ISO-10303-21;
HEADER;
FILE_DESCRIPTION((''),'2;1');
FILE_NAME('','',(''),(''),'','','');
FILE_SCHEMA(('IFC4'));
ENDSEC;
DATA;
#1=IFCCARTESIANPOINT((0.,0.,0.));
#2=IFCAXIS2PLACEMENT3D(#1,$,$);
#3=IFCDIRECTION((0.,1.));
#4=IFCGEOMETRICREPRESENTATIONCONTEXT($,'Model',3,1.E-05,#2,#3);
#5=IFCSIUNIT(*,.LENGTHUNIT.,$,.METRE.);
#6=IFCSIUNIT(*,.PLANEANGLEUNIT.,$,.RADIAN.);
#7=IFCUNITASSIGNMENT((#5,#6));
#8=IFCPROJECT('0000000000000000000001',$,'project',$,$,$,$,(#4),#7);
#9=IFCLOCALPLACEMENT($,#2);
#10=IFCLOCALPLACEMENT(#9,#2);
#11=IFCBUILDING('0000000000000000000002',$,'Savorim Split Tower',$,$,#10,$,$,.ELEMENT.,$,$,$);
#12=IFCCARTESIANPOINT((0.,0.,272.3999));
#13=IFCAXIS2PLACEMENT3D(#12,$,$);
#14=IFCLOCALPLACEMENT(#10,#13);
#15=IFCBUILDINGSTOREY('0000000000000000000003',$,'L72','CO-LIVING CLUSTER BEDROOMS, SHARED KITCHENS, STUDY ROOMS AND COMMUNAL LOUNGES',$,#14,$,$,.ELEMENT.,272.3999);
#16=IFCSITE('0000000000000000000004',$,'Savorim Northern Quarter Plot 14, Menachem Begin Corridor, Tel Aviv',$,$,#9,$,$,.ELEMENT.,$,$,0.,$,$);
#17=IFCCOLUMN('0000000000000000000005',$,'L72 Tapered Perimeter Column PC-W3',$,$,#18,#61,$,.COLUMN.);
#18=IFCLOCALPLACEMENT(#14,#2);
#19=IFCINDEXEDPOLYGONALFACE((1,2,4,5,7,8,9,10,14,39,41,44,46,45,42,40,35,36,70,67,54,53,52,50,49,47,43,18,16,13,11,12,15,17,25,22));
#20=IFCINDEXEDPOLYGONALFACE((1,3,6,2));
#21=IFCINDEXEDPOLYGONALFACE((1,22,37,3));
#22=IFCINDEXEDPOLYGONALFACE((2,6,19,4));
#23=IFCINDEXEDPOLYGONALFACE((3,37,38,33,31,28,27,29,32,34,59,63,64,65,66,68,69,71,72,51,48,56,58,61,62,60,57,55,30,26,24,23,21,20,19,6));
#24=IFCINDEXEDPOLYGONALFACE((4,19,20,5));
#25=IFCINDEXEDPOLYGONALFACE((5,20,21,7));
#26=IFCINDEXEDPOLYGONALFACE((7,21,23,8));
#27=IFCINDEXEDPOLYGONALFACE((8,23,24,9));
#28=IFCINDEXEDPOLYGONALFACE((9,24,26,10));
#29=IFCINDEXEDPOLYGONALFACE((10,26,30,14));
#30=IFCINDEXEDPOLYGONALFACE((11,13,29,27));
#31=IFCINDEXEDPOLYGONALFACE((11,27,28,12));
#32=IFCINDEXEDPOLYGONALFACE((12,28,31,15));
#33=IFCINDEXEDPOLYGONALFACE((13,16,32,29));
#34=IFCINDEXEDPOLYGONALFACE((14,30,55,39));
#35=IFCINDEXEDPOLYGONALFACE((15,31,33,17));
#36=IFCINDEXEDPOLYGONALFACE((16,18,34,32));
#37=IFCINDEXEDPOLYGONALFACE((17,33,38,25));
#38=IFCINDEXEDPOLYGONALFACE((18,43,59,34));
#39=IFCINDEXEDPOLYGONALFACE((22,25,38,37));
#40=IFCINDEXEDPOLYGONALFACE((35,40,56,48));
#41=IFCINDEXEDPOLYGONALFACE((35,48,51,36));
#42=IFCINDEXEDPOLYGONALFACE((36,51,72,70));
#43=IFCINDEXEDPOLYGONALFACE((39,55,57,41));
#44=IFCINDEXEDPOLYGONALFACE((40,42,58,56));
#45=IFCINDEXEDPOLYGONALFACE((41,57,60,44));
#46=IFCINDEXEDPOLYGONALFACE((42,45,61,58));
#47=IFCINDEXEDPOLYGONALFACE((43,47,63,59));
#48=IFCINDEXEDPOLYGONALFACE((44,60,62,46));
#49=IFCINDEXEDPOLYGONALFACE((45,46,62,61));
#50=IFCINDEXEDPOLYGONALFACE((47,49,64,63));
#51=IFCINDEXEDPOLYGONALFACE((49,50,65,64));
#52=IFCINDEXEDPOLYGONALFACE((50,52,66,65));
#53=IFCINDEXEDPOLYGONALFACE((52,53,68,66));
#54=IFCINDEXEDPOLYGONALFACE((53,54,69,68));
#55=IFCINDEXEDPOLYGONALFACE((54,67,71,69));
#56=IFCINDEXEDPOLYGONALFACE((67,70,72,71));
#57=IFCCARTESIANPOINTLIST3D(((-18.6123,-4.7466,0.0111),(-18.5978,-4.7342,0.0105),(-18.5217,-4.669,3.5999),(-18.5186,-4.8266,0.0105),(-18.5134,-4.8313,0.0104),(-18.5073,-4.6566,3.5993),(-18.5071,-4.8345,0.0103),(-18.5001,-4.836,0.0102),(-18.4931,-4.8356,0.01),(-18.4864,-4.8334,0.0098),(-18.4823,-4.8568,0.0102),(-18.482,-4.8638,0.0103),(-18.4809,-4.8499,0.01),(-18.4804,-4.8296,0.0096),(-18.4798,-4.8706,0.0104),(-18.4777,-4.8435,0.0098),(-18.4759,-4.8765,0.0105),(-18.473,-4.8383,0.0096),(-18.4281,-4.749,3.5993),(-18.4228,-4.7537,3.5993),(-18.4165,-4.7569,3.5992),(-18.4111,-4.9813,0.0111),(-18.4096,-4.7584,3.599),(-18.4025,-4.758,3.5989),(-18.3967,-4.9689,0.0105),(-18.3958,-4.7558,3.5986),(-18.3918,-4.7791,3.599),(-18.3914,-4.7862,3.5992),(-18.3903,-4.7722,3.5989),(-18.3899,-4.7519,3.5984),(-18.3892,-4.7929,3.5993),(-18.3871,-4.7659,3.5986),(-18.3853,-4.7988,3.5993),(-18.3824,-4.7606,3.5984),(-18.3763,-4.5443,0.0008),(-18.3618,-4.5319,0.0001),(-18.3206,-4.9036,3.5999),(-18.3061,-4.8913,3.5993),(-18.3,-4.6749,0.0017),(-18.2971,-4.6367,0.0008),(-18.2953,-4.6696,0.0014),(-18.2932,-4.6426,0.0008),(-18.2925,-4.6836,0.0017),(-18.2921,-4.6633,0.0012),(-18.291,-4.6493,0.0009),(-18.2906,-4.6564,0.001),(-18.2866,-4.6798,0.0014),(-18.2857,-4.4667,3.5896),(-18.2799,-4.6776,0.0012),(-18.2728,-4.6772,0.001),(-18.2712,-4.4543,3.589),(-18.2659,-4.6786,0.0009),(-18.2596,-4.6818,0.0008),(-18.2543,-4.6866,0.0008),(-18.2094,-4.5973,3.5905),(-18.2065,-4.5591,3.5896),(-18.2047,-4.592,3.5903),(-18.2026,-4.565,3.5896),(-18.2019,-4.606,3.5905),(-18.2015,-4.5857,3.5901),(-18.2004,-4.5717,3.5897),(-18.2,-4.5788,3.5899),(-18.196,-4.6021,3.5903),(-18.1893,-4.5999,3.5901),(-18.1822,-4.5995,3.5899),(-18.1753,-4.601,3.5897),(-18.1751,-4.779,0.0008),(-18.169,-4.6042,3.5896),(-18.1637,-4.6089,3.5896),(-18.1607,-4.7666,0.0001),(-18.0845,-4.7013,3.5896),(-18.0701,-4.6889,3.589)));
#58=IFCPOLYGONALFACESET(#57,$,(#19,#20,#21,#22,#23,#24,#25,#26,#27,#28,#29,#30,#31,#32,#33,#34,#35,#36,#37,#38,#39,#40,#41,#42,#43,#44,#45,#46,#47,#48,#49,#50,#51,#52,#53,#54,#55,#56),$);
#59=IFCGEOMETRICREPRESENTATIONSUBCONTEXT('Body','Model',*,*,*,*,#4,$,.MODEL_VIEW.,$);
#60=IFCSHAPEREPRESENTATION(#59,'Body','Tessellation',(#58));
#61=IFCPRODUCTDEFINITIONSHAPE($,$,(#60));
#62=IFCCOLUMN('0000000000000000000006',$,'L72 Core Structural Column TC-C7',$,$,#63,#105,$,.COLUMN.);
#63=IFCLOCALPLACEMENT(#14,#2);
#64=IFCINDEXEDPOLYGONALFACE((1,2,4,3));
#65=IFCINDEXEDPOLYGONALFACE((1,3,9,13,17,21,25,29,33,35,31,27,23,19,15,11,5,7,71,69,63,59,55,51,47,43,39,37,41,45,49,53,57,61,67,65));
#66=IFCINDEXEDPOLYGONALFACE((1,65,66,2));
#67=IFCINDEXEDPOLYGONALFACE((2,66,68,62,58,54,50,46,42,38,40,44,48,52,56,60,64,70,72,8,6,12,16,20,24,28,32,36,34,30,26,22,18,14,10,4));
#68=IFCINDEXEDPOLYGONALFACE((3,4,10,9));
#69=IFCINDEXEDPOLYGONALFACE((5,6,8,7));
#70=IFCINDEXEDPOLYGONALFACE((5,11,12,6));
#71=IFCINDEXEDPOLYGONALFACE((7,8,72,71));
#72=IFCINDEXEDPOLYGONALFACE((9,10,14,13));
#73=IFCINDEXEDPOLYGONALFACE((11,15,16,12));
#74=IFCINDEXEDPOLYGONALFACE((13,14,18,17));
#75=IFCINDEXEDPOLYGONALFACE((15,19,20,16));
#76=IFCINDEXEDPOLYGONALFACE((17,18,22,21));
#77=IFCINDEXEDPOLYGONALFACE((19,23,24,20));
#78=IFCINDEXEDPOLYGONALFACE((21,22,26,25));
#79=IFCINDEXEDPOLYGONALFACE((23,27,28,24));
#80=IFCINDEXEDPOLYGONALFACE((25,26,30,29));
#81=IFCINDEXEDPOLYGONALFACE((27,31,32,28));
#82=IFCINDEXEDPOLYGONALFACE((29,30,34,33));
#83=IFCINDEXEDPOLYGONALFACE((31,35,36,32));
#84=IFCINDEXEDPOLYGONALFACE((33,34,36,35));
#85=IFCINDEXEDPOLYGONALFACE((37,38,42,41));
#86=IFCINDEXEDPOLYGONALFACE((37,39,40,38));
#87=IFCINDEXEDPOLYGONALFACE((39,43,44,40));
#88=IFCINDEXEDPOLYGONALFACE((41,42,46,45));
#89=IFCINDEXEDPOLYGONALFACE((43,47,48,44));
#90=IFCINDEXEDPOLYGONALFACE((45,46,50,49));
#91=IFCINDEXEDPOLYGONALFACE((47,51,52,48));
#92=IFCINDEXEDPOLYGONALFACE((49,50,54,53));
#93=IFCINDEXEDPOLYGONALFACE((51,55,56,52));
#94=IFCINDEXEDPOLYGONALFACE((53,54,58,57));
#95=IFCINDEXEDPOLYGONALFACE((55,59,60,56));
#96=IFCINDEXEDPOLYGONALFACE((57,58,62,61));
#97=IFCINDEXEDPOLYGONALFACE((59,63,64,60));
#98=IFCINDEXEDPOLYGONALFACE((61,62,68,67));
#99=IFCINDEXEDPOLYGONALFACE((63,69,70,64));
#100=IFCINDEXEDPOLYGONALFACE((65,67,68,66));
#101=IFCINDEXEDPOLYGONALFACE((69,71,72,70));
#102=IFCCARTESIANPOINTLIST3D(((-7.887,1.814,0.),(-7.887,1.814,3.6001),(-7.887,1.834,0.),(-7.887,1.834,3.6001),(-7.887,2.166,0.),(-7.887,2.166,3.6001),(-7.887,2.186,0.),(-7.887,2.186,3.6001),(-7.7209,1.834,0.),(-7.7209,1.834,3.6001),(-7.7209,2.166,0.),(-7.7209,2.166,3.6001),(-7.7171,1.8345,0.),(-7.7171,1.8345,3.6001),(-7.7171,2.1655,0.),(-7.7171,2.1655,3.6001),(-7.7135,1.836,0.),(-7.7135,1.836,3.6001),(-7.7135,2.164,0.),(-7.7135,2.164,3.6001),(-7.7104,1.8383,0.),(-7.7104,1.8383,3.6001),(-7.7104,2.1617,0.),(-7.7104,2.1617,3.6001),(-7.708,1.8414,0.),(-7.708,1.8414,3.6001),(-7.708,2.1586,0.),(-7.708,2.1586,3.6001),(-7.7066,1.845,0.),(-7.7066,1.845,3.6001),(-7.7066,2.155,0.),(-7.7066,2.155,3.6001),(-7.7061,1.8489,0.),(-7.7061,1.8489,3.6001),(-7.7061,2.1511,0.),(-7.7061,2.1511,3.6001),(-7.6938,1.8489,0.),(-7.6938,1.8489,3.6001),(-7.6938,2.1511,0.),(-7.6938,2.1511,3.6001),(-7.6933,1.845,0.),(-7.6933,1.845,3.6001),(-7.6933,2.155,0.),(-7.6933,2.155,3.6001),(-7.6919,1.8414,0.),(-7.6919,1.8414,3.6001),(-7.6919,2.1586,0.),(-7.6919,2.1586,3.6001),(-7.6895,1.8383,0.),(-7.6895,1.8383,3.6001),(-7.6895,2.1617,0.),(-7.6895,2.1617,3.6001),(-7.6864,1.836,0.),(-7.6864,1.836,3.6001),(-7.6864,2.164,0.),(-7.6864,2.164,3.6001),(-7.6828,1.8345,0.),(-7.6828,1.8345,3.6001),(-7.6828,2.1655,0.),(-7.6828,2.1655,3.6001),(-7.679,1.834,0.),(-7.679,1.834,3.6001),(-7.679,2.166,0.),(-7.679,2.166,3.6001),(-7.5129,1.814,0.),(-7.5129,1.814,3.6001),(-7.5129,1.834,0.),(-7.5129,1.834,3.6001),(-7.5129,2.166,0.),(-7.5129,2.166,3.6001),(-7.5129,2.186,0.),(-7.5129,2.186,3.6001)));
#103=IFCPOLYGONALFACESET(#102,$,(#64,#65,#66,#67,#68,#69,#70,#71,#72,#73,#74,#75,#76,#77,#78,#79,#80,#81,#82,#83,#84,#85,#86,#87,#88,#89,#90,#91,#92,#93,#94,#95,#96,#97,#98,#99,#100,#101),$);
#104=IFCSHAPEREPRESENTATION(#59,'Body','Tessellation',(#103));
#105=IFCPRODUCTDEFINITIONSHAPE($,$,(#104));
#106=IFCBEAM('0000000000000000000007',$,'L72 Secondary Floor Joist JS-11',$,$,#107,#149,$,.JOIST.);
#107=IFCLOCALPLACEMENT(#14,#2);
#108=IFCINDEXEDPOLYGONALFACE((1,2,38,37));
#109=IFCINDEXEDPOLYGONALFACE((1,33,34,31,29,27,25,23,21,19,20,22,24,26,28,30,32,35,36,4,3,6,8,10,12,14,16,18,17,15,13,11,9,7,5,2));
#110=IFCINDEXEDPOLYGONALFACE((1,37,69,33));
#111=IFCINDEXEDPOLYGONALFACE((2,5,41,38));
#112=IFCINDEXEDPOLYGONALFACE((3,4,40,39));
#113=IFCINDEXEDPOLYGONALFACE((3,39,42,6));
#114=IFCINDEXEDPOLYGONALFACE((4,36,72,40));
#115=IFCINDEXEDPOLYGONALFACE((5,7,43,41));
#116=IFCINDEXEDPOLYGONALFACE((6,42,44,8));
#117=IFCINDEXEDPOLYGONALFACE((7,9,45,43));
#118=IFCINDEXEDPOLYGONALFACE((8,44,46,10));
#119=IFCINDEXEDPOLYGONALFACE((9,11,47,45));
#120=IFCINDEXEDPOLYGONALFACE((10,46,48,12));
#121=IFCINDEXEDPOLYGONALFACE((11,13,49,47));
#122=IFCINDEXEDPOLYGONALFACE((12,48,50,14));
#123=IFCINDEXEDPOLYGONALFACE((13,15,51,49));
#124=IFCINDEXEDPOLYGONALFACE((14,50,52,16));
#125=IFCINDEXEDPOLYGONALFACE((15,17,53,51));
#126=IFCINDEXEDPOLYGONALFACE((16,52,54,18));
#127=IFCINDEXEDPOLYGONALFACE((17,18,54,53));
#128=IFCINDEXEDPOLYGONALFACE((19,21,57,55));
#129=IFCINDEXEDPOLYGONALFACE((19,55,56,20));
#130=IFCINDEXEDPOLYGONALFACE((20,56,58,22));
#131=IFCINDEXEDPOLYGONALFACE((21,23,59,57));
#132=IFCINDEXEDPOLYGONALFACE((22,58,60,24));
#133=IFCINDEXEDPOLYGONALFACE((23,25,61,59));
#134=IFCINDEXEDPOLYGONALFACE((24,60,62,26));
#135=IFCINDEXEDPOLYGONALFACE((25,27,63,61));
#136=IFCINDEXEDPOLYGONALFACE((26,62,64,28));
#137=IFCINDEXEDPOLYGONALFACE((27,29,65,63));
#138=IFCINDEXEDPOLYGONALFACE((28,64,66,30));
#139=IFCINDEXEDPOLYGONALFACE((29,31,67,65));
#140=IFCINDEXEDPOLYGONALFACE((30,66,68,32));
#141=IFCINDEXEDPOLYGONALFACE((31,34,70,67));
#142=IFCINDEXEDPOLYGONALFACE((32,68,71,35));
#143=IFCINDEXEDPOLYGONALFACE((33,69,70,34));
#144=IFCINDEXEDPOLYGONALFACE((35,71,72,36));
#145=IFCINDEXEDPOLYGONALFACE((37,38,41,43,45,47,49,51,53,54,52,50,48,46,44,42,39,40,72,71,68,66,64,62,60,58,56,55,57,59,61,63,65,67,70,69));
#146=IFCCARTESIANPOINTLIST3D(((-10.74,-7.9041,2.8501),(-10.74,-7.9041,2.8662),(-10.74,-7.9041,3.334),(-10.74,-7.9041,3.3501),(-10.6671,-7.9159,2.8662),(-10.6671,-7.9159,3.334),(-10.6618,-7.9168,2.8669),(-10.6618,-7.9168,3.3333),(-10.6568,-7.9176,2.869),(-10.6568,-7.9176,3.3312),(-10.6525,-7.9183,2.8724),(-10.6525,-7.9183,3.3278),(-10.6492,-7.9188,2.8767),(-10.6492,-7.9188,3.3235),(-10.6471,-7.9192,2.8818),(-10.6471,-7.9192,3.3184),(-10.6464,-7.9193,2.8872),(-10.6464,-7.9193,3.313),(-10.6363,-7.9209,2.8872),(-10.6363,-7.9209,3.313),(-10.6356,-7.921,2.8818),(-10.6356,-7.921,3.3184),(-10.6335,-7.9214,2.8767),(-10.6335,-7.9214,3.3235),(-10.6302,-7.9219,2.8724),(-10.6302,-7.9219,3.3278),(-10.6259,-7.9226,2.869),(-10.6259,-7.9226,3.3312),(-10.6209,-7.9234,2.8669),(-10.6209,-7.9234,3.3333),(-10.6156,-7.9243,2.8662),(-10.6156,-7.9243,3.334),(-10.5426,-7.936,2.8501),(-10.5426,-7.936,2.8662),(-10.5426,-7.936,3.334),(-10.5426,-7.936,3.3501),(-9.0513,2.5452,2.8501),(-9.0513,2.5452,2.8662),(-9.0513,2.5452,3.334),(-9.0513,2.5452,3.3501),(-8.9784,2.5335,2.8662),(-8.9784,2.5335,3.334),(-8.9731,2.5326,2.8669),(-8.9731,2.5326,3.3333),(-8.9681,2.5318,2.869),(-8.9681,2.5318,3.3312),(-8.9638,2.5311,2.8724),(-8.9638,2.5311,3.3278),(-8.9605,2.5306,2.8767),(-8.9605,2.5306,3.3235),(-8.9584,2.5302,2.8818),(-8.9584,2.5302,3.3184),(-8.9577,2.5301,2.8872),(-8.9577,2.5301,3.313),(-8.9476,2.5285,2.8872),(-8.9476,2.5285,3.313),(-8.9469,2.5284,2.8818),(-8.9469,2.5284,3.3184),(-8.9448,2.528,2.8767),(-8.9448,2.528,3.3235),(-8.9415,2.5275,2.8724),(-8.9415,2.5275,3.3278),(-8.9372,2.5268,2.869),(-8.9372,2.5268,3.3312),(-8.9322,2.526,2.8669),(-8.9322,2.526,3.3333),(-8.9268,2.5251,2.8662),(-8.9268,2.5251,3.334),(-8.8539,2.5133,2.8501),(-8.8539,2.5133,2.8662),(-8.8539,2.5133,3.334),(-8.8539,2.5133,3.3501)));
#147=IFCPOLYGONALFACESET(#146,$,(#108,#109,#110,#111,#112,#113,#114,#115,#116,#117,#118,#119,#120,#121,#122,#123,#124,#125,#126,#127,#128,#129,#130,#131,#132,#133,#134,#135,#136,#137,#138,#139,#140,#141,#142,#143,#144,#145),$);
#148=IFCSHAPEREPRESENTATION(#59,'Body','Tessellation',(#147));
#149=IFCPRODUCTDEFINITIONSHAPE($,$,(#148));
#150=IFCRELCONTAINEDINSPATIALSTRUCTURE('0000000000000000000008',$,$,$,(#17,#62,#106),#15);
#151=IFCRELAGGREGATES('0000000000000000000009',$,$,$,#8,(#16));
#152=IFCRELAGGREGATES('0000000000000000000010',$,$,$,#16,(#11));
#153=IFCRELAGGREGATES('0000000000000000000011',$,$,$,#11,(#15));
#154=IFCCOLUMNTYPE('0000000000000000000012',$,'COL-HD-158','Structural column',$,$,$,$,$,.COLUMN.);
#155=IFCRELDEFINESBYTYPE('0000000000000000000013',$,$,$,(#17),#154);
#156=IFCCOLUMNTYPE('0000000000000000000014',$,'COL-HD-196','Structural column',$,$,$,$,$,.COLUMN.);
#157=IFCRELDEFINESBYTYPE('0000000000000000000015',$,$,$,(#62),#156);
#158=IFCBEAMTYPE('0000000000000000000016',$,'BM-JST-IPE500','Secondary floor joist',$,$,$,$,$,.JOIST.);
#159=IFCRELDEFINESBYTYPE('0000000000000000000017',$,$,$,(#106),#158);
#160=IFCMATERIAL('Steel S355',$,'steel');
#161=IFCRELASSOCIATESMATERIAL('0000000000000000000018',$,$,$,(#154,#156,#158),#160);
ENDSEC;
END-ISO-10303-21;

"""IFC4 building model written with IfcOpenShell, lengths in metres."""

from ifc_helpers import new_model, si_unit, direction, frame, origin, origin_2d, place, context, subcontext, project, spatial, i_section, extrude, material, material_profile, profile_set, type_object, element, save


model = new_model("IFC4")

# Units and contexts
model_context = context("Model", 3, precision=1e-05, world=origin(), true_north=direction((0.0, 1.0)))
body_context = subcontext(model_context, "Body", "Model", "MODEL_VIEW")
ifc_project = project(units=[si_unit("LENGTHUNIT", "METRE"), si_unit("PLANEANGLEUNIT", "RADIAN")], contexts=[model_context])

# Site, building, storey
site_placement = place(None, origin())
site = spatial("IfcSite", under=ifc_project, at=site_placement, Name="Savorim Northern Quarter Plot 14, Menachem Begin Corridor, Tel Aviv", CompositionType="ELEMENT", RefElevation=0.0)
building_placement = place(site_placement, origin())
building = spatial("IfcBuilding", under=site, at=building_placement, Name="Savorim Split Tower", CompositionType="ELEMENT")
storey_placement = place(building_placement, frame((0.0, 0.0, 272.3999)))
storey = spatial("IfcBuildingStorey", under=building, at=storey_placement, Name="L72", Description="CO-LIVING CLUSTER BEDROOMS, SHARED KITCHENS, STUDY ROOMS AND COMMUNAL LOUNGES", CompositionType="ELEMENT", Elevation=272.3999)

# Columns
ifc_material_1 = material(Name="Steel S355", Category="steel")
ifc_material_profile_1 = material_profile(ifc_material_1, i_section(OverallWidth=0.3091, OverallDepth=0.3301, WebThickness=0.0115, FlangeThickness=0.019, FilletRadius=0.0271, at=origin_2d()), Name="HD 320x158")
ifc_profile_set_1 = profile_set([ifc_material_profile_1], Name="Steel S355")
column_type_1 = type_object("IfcColumnType", Name="COL-HD-158", Description="Structural column", PredefinedType="COLUMN", material=ifc_profile_set_1)
column_1_placement = place(storey_placement, frame((-18.3865, -4.7566, 0.0056), z_axis=(0.025224, 0.021621, 0.999448), x_axis=(-0.650791, 0.759257, 0.0)))
element("IfcColumn", 1, at=column_1_placement, inside=storey, type_object=column_type_1, Name="L72 Tapered Perimeter Column PC-W3", PredefinedType="COLUMN", context=body_context, shape_type="SweptSolid", body=[
    extrude(i_section(OverallWidth=0.3091, OverallDepth=0.3301, WebThickness=0.0115, FlangeThickness=0.019, FilletRadius=0.0271, at=origin_2d()), origin(), (0.0, 0.0, 1.0), 3.5908),
])
ifc_material_profile_2 = material_profile(ifc_material_1, i_section(OverallWidth=0.374, OverallDepth=0.3721, WebThickness=0.0122, FlangeThickness=0.02, FilletRadius=0.0149, at=origin_2d()), Name="HD 360x196")
ifc_profile_set_2 = profile_set([ifc_material_profile_2], Name="Steel S355")
column_type_2 = type_object("IfcColumnType", Name="COL-HD-196", Description="Structural column", PredefinedType="COLUMN", material=ifc_profile_set_2)
column_2_placement = place(storey_placement, frame((-7.7, 2.0, 0.0), z_axis=(0.0, 0.0, 1.0), x_axis=(1.0, 0.0, 0.0)))
element("IfcColumn", 2, at=column_2_placement, inside=storey, type_object=column_type_2, Name="L72 Core Structural Column TC-C7", PredefinedType="COLUMN", context=body_context, shape_type="SweptSolid", body=[
    extrude(i_section(OverallWidth=0.374, OverallDepth=0.3721, WebThickness=0.0122, FlangeThickness=0.02, FilletRadius=0.0149, at=origin_2d()), origin(), (0.0, 0.0, 1.0), 3.6001),
])

# Beam
ifc_material_profile_3 = material_profile(ifc_material_1, i_section(OverallWidth=0.2, OverallDepth=0.5, WebThickness=0.0103, FlangeThickness=0.0161, FilletRadius=0.021, at=origin_2d()), Name="IPE 500")
ifc_profile_set_3 = profile_set([ifc_material_profile_3], Name="Steel S355")
beam_type_1 = type_object("IfcBeamType", Name="BM-JST-IPE500", Description="Secondary floor joist", PredefinedType="JOIST", material=ifc_profile_set_3)
beam_1_placement = place(storey_placement, frame((-8.9526, 2.5293, 3.1001), z_axis=(-0.159538, -0.987192, 0.0), x_axis=(0.987192, -0.159538, 0.0)))
element("IfcBeam", 3, at=beam_1_placement, inside=storey, type_object=beam_type_1, Name="L72 Secondary Floor Joist JS-11", PredefinedType="JOIST", context=body_context, shape_type="SweptSolid", body=[
    extrude(i_section(OverallWidth=0.2, OverallDepth=0.5, WebThickness=0.0103, FlangeThickness=0.0161, FilletRadius=0.021, at=origin_2d()), origin(), (0.0, 0.0, 1.0), 10.585),
])

save(model, "model.ifc")
